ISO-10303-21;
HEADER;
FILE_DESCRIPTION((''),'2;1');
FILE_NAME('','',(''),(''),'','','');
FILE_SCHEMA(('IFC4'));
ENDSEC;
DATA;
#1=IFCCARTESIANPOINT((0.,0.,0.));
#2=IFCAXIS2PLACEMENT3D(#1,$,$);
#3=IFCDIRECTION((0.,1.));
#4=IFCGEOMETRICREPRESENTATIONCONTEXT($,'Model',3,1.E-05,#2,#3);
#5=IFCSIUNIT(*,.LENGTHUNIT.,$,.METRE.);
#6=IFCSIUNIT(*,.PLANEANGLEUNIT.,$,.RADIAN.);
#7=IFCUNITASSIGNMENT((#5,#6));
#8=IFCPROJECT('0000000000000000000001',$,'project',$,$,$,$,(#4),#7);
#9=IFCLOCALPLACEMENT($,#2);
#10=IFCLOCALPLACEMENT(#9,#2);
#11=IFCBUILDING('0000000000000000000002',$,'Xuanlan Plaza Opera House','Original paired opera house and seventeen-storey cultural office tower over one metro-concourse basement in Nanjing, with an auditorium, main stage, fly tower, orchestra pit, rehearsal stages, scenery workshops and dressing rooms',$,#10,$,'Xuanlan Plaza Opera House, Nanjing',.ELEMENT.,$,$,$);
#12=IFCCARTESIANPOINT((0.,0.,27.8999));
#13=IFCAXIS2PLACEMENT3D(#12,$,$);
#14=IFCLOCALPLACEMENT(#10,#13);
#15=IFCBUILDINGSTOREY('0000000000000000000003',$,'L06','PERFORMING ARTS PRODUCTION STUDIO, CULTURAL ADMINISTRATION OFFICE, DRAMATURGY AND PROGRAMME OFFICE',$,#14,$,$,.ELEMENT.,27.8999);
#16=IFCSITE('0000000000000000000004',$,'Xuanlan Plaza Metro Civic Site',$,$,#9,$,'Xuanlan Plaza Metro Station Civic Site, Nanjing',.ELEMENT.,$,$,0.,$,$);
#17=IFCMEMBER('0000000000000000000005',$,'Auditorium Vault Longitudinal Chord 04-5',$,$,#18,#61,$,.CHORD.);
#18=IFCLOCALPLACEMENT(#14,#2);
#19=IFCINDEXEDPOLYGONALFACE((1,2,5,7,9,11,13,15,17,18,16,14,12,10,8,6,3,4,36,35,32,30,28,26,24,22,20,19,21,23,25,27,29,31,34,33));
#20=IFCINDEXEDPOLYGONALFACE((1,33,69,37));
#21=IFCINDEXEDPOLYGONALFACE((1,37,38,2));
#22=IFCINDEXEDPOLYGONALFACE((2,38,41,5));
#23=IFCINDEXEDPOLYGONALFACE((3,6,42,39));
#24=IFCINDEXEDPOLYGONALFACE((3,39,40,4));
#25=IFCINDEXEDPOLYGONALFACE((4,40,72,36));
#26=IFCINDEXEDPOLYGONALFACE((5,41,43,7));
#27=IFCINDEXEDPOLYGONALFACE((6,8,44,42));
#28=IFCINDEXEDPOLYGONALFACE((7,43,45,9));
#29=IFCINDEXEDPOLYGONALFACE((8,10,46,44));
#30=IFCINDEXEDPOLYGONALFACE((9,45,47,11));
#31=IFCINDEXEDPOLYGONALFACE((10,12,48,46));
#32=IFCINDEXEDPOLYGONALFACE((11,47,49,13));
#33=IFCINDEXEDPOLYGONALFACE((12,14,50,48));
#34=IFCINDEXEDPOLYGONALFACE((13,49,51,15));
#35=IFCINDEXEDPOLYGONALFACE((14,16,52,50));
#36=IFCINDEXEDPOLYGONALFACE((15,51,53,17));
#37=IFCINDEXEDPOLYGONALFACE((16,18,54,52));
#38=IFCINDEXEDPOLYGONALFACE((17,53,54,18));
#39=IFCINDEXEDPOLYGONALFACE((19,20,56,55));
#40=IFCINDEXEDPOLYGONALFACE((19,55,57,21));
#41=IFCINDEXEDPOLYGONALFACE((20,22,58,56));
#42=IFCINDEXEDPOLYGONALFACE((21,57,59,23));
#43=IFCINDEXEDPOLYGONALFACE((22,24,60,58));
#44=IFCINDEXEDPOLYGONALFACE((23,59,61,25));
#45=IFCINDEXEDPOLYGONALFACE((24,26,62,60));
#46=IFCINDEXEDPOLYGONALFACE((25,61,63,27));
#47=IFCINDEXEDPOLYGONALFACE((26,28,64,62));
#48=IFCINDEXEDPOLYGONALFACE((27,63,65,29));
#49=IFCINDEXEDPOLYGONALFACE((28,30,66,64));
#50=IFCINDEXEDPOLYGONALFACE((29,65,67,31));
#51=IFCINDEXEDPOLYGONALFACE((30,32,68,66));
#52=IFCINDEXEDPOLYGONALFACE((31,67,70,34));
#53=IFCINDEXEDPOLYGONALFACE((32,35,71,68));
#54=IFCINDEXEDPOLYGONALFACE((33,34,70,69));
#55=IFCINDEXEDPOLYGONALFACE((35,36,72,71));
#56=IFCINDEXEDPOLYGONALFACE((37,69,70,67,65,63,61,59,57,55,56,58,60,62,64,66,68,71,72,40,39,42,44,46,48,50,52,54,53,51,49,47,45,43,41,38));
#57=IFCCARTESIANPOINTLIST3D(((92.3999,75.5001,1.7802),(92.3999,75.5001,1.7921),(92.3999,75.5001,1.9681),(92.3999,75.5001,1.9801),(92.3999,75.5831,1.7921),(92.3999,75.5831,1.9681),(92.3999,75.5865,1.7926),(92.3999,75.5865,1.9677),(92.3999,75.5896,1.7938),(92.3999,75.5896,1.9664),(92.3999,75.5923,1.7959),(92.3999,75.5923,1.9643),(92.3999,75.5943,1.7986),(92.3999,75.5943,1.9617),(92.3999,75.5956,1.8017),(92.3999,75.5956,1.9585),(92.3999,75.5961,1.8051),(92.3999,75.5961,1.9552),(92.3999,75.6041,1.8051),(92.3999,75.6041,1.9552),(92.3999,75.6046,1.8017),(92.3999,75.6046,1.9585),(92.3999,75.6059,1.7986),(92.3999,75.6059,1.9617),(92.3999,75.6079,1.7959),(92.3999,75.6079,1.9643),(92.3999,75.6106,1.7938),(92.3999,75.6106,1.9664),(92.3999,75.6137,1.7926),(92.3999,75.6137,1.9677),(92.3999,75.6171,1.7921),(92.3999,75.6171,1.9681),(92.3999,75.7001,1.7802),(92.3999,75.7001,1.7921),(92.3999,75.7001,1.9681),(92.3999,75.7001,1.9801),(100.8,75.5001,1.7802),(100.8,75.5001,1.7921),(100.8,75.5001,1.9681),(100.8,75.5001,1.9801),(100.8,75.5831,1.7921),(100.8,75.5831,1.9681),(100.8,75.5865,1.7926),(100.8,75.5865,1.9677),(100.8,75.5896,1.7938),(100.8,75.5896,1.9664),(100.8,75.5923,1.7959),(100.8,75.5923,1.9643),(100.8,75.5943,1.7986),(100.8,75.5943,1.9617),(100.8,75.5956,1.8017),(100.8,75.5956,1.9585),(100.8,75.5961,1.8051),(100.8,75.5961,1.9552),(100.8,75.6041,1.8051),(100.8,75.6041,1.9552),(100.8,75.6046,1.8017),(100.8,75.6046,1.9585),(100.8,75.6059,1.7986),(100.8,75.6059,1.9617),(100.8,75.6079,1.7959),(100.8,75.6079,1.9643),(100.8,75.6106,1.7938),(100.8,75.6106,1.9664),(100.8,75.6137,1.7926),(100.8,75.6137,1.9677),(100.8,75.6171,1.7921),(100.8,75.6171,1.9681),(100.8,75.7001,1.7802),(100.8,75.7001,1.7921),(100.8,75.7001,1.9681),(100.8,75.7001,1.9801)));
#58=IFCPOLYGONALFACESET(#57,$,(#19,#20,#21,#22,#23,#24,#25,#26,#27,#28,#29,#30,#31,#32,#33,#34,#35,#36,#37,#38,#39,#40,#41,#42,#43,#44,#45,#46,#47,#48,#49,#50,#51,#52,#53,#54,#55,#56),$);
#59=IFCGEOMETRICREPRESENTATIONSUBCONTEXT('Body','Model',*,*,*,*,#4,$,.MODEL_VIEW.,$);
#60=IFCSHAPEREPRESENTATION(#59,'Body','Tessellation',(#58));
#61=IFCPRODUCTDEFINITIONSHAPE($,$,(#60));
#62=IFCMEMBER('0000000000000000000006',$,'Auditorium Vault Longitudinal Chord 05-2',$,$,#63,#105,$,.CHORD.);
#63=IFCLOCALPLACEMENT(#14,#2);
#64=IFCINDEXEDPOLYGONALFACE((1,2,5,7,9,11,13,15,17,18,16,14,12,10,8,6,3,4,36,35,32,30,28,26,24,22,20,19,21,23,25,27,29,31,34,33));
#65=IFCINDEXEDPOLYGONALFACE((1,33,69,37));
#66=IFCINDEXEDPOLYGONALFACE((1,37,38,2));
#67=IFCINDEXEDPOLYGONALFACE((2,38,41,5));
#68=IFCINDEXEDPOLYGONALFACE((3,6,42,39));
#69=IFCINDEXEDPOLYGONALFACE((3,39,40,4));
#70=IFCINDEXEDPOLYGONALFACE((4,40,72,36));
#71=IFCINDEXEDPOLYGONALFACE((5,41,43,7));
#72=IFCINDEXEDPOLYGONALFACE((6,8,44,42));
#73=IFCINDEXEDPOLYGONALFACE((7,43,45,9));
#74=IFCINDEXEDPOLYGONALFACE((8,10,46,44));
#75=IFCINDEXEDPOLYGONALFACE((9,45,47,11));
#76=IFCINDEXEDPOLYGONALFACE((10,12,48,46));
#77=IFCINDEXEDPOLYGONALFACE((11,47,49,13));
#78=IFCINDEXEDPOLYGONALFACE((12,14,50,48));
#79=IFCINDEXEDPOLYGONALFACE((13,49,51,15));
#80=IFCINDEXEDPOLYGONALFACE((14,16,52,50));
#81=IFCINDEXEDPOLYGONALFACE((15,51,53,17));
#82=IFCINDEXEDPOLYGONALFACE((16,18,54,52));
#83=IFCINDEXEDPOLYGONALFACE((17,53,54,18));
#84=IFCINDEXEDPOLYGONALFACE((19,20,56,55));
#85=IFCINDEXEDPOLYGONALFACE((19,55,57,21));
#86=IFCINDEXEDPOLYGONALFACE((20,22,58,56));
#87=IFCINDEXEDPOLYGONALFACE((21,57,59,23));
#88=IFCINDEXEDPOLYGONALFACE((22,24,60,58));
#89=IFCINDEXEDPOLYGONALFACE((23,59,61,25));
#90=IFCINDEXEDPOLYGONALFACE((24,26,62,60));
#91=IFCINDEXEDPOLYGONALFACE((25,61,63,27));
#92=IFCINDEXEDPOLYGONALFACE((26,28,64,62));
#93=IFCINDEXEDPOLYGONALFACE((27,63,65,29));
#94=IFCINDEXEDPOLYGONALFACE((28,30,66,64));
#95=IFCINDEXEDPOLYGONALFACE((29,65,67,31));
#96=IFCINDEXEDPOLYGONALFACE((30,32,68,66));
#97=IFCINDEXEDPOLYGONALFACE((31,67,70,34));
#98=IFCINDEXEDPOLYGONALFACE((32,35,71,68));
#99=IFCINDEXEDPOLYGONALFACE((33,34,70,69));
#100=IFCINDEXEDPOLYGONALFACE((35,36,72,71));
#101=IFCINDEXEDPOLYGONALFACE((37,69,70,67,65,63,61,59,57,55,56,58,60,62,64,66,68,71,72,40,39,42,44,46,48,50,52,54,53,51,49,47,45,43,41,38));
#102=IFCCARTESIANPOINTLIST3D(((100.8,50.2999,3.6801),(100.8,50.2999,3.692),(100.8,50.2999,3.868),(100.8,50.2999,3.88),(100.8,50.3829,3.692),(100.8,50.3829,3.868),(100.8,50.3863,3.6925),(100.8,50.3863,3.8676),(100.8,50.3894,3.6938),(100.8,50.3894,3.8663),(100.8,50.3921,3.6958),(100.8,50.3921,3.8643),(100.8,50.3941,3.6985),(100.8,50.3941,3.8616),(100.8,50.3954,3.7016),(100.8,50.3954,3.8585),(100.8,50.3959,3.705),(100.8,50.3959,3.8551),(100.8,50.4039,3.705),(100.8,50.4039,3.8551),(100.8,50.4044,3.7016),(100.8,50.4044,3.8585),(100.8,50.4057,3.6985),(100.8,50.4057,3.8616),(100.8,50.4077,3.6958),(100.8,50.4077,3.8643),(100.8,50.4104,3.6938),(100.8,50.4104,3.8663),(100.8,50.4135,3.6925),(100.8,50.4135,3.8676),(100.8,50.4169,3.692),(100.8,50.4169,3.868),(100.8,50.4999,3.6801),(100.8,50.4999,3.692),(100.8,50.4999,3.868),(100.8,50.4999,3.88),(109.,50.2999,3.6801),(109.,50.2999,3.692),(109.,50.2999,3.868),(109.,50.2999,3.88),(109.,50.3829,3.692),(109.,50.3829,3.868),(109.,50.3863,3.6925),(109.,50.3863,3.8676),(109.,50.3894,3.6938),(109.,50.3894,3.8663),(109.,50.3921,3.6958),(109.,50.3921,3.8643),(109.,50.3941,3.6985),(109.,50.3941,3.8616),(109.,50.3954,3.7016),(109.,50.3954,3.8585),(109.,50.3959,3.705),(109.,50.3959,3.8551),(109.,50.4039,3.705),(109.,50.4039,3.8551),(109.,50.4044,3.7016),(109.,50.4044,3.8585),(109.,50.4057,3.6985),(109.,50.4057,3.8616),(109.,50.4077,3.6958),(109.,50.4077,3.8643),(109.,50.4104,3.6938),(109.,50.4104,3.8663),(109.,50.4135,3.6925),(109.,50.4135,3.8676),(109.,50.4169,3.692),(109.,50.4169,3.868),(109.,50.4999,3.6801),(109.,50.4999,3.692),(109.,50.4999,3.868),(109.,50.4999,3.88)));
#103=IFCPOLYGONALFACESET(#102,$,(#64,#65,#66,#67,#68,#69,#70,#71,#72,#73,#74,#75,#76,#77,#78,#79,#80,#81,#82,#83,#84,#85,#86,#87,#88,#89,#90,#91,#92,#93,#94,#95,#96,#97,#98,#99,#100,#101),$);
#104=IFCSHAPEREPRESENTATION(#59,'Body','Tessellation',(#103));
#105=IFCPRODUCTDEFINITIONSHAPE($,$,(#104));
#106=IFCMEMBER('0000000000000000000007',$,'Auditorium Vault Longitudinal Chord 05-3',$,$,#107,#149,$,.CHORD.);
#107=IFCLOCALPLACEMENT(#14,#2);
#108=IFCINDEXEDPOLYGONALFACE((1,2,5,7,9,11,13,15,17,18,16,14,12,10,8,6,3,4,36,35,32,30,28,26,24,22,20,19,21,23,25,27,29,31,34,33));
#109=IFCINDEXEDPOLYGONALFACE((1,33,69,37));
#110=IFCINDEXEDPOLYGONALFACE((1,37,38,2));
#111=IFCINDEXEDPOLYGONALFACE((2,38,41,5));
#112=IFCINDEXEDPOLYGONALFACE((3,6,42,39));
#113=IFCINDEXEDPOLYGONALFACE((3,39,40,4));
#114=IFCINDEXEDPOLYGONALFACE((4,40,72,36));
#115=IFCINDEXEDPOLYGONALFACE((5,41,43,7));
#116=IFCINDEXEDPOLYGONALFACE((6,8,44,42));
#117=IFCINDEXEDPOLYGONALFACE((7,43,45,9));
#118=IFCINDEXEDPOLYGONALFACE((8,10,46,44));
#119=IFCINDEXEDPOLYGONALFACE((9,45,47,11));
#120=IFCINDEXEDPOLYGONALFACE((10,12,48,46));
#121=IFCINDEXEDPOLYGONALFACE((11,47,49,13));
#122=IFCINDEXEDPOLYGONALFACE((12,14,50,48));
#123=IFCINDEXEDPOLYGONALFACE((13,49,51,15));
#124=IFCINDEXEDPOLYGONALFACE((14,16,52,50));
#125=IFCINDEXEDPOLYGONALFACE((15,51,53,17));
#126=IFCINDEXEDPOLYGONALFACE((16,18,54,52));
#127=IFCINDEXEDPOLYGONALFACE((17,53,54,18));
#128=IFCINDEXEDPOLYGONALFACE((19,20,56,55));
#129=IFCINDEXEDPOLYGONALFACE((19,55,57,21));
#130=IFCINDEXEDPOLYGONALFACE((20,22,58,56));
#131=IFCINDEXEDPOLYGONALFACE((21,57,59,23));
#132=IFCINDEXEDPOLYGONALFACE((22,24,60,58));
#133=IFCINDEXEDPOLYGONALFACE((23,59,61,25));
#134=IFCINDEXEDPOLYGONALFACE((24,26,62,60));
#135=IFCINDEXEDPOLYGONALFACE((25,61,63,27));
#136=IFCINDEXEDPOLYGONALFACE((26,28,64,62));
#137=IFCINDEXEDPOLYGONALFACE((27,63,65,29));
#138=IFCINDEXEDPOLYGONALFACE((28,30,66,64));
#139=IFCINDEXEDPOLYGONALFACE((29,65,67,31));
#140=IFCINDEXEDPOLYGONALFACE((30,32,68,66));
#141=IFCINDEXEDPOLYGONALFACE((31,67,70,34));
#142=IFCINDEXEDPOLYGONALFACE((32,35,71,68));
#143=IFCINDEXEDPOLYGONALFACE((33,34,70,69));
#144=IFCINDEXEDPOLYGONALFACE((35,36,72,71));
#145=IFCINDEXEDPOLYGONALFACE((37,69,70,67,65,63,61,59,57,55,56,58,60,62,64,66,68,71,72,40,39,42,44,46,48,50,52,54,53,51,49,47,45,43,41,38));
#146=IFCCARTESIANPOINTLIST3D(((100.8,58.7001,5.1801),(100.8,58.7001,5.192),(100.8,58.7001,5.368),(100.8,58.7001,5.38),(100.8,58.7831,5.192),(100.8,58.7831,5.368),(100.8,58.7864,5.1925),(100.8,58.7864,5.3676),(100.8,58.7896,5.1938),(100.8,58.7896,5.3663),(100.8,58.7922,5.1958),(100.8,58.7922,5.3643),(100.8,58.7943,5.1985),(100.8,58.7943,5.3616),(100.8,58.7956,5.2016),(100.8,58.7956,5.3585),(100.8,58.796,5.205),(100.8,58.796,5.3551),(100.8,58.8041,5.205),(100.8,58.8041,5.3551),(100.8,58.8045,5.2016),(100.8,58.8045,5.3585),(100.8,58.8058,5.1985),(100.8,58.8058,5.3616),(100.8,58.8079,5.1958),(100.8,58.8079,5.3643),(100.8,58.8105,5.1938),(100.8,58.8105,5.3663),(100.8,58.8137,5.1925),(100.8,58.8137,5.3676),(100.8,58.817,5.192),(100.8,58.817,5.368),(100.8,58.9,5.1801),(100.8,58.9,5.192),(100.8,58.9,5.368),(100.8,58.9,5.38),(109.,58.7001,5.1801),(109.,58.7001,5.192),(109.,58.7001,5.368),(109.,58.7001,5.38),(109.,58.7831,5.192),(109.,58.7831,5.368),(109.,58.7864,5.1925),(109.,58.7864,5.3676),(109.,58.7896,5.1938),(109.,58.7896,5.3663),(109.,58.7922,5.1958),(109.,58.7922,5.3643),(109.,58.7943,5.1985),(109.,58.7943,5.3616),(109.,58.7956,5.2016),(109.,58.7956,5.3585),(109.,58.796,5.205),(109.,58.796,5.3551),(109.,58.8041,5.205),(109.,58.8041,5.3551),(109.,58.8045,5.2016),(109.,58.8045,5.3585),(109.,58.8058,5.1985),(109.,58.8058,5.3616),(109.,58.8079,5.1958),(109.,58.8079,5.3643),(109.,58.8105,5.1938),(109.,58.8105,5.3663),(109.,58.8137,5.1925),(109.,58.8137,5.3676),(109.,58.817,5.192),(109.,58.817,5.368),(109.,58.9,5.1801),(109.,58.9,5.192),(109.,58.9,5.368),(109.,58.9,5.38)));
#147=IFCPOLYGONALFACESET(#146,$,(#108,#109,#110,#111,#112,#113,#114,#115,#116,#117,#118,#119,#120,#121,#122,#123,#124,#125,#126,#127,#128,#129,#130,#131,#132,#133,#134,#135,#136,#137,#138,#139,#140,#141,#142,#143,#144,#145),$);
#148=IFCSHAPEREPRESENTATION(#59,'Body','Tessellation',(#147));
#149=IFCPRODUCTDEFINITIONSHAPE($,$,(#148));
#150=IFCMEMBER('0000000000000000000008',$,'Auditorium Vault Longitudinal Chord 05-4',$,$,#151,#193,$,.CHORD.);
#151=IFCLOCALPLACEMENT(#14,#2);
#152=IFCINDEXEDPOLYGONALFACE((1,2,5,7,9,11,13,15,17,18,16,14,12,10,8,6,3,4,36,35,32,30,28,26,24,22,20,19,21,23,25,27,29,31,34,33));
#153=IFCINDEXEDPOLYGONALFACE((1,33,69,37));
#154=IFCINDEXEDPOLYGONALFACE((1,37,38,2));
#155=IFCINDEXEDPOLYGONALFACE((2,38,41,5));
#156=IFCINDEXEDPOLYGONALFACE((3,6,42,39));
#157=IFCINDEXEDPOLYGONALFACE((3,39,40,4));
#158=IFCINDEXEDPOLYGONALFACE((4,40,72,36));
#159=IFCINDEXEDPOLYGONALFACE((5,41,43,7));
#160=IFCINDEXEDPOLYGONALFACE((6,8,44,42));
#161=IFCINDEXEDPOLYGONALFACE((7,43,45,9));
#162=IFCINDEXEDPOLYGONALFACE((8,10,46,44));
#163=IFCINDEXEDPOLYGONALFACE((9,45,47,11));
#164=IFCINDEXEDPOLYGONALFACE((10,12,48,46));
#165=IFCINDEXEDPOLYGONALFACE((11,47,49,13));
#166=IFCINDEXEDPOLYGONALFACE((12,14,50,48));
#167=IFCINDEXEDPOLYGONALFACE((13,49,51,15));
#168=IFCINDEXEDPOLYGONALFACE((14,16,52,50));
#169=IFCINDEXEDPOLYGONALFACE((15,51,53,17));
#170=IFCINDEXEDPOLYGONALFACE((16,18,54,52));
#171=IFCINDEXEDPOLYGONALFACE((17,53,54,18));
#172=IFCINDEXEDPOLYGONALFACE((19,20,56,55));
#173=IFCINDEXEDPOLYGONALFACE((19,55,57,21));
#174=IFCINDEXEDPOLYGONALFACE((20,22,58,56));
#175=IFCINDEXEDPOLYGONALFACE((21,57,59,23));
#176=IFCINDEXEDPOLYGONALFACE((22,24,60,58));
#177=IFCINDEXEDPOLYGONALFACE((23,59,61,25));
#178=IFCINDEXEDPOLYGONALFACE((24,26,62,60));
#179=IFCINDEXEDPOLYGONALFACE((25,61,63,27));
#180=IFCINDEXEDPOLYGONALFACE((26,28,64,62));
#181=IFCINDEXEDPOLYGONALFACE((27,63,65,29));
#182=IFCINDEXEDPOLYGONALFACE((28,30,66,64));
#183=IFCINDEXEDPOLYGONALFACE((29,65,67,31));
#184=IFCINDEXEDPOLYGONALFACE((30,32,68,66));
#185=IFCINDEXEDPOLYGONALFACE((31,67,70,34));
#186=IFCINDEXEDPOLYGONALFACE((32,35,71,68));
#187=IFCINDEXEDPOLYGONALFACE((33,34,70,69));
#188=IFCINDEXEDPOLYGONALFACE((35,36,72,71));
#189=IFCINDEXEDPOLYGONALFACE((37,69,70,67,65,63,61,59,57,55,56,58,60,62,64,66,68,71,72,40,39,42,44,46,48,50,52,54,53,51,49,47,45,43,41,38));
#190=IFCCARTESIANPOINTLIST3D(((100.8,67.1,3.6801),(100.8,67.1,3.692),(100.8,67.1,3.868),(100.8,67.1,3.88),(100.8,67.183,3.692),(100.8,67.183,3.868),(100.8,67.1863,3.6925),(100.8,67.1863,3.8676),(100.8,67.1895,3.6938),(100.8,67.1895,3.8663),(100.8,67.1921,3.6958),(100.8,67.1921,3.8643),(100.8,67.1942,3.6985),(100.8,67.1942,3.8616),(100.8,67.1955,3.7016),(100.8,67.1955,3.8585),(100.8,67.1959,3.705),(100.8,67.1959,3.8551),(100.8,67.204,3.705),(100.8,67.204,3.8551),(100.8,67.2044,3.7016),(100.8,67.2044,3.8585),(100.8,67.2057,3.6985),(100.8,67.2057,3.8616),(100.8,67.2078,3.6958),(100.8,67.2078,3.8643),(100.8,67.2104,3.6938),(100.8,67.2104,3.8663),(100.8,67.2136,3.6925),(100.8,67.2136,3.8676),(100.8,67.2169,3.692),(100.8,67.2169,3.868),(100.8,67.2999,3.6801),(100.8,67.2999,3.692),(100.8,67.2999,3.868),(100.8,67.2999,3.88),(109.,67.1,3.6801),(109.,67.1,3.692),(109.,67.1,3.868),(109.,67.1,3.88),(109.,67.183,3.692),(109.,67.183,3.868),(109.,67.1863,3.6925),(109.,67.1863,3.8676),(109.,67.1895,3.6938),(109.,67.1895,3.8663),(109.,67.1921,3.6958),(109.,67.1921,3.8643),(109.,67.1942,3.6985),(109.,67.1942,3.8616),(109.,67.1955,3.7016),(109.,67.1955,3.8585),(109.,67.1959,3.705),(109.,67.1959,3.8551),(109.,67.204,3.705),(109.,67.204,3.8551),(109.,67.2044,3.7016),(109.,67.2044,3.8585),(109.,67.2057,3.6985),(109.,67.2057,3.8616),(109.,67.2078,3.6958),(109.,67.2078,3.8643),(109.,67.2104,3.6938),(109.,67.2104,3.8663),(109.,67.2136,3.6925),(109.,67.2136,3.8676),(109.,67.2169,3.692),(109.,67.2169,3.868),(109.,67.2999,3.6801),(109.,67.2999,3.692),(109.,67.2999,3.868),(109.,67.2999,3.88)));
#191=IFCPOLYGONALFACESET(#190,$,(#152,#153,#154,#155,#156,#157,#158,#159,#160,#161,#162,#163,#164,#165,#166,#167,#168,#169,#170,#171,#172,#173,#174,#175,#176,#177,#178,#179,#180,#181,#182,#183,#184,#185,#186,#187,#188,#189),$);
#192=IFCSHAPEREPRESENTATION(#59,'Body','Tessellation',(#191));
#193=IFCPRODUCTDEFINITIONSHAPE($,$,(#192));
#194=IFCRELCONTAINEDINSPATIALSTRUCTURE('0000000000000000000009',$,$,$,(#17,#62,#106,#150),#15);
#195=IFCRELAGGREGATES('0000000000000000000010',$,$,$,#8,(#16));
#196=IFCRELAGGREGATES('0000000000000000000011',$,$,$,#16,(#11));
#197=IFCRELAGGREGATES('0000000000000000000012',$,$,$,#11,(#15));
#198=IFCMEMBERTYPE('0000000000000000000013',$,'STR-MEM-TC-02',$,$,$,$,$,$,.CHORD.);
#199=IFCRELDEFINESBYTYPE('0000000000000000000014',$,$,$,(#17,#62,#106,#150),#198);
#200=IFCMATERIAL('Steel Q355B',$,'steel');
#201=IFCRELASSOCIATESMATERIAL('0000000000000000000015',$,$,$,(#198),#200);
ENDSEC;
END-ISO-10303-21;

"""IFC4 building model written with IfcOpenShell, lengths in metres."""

from ifc_helpers import new_model, si_unit, direction, frame, origin, origin_2d, place, context, subcontext, project, spatial, i_section, extrude, material, material_profile, profile_set, type_object, element, save


model = new_model("IFC4")

# Units and contexts
model_context = context("Model", 3, precision=1e-05, world=origin(), true_north=direction((0.0, 1.0)))
body_context = subcontext(model_context, "Body", "Model", "MODEL_VIEW")
ifc_project = project(units=[si_unit("LENGTHUNIT", "METRE"), si_unit("PLANEANGLEUNIT", "RADIAN")], contexts=[model_context])

# Site, building, storey
site_placement = place(None, origin())
site = spatial("IfcSite", under=ifc_project, at=site_placement, Name="Xuanlan Plaza Metro Civic Site", LongName="Xuanlan Plaza Metro Station Civic Site, Nanjing", CompositionType="ELEMENT", RefElevation=0.0)
building_placement = place(site_placement, origin())
building = spatial("IfcBuilding", under=site, at=building_placement, Name="Xuanlan Plaza Opera House", Description="Original paired opera house and seventeen-storey cultural office tower over one metro-concourse basement in Nanjing, with an auditorium, main stage, fly tower, orchestra pit, rehearsal stages, scenery workshops and dressing rooms", LongName="Xuanlan Plaza Opera House, Nanjing", CompositionType="ELEMENT")
storey_placement = place(building_placement, frame((0.0, 0.0, 27.8999)))
storey = spatial("IfcBuildingStorey", under=building, at=storey_placement, Name="L06", Description="PERFORMING ARTS PRODUCTION STUDIO, CULTURAL ADMINISTRATION OFFICE, DRAMATURGY AND PROGRAMME OFFICE", CompositionType="ELEMENT", Elevation=27.8999)

# Members
ifc_material = material(Name="Steel Q355B", Category="steel")
ifc_material_profile_1 = material_profile(ifc_material, i_section(OverallWidth=0.2, OverallDepth=0.2, WebThickness=0.0081, FlangeThickness=0.012, FilletRadius=0.0129, at=origin_2d()), Name="HW 200x200x8x12")
ifc_profile_set_1 = profile_set([ifc_material_profile_1], Name="Steel Q355B")
member_type_1 = type_object("IfcMemberType", Name="STR-MEM-TC-02", PredefinedType="CHORD", material=ifc_profile_set_1)
for number, where, z_axis, x_axis, name in (
    (1, (92.3999, 75.6001, 1.8801), (1.0, 0.0, 0.0), (0.0, 1.0, 0.0), "Auditorium Vault Longitudinal Chord 04-5"),
):
    element("IfcMember", number, at=place(storey_placement, frame(where, z_axis=z_axis, x_axis=x_axis)), inside=storey, type_object=member_type_1, Name=name, PredefinedType="CHORD", context=body_context, shape_type="SweptSolid", body=[
        extrude(i_section(OverallWidth=0.2, OverallDepth=0.2, WebThickness=0.0081, FlangeThickness=0.012, FilletRadius=0.0129, at=origin_2d()), origin(), (0.0, 0.0, 1.0), 8.4001),
    ])
for number, where, z_axis, x_axis, name in (
    (2, (100.8, 50.3999, 3.78), (1.0, 0.0, 0.0), (0.0, 1.0, 0.0), "Auditorium Vault Longitudinal Chord 05-2"),
    (3, (100.8, 58.8, 5.28), (1.0, 0.0, 0.0), (0.0, 1.0, 0.0), "Auditorium Vault Longitudinal Chord 05-3"),
    (4, (100.8, 67.2, 3.78), (1.0, 0.0, 0.0), (0.0, 1.0, 0.0), "Auditorium Vault Longitudinal Chord 05-4"),
):
    element("IfcMember", number, at=place(storey_placement, frame(where, z_axis=z_axis, x_axis=x_axis)), inside=storey, type_object=member_type_1, Name=name, PredefinedType="CHORD", context=body_context, shape_type="SweptSolid", body=[
        extrude(i_section(OverallWidth=0.2, OverallDepth=0.2, WebThickness=0.0081, FlangeThickness=0.012, FilletRadius=0.0129, at=origin_2d()), origin(), (0.0, 0.0, 1.0), 8.2),
    ])

save(model, "model.ifc")
